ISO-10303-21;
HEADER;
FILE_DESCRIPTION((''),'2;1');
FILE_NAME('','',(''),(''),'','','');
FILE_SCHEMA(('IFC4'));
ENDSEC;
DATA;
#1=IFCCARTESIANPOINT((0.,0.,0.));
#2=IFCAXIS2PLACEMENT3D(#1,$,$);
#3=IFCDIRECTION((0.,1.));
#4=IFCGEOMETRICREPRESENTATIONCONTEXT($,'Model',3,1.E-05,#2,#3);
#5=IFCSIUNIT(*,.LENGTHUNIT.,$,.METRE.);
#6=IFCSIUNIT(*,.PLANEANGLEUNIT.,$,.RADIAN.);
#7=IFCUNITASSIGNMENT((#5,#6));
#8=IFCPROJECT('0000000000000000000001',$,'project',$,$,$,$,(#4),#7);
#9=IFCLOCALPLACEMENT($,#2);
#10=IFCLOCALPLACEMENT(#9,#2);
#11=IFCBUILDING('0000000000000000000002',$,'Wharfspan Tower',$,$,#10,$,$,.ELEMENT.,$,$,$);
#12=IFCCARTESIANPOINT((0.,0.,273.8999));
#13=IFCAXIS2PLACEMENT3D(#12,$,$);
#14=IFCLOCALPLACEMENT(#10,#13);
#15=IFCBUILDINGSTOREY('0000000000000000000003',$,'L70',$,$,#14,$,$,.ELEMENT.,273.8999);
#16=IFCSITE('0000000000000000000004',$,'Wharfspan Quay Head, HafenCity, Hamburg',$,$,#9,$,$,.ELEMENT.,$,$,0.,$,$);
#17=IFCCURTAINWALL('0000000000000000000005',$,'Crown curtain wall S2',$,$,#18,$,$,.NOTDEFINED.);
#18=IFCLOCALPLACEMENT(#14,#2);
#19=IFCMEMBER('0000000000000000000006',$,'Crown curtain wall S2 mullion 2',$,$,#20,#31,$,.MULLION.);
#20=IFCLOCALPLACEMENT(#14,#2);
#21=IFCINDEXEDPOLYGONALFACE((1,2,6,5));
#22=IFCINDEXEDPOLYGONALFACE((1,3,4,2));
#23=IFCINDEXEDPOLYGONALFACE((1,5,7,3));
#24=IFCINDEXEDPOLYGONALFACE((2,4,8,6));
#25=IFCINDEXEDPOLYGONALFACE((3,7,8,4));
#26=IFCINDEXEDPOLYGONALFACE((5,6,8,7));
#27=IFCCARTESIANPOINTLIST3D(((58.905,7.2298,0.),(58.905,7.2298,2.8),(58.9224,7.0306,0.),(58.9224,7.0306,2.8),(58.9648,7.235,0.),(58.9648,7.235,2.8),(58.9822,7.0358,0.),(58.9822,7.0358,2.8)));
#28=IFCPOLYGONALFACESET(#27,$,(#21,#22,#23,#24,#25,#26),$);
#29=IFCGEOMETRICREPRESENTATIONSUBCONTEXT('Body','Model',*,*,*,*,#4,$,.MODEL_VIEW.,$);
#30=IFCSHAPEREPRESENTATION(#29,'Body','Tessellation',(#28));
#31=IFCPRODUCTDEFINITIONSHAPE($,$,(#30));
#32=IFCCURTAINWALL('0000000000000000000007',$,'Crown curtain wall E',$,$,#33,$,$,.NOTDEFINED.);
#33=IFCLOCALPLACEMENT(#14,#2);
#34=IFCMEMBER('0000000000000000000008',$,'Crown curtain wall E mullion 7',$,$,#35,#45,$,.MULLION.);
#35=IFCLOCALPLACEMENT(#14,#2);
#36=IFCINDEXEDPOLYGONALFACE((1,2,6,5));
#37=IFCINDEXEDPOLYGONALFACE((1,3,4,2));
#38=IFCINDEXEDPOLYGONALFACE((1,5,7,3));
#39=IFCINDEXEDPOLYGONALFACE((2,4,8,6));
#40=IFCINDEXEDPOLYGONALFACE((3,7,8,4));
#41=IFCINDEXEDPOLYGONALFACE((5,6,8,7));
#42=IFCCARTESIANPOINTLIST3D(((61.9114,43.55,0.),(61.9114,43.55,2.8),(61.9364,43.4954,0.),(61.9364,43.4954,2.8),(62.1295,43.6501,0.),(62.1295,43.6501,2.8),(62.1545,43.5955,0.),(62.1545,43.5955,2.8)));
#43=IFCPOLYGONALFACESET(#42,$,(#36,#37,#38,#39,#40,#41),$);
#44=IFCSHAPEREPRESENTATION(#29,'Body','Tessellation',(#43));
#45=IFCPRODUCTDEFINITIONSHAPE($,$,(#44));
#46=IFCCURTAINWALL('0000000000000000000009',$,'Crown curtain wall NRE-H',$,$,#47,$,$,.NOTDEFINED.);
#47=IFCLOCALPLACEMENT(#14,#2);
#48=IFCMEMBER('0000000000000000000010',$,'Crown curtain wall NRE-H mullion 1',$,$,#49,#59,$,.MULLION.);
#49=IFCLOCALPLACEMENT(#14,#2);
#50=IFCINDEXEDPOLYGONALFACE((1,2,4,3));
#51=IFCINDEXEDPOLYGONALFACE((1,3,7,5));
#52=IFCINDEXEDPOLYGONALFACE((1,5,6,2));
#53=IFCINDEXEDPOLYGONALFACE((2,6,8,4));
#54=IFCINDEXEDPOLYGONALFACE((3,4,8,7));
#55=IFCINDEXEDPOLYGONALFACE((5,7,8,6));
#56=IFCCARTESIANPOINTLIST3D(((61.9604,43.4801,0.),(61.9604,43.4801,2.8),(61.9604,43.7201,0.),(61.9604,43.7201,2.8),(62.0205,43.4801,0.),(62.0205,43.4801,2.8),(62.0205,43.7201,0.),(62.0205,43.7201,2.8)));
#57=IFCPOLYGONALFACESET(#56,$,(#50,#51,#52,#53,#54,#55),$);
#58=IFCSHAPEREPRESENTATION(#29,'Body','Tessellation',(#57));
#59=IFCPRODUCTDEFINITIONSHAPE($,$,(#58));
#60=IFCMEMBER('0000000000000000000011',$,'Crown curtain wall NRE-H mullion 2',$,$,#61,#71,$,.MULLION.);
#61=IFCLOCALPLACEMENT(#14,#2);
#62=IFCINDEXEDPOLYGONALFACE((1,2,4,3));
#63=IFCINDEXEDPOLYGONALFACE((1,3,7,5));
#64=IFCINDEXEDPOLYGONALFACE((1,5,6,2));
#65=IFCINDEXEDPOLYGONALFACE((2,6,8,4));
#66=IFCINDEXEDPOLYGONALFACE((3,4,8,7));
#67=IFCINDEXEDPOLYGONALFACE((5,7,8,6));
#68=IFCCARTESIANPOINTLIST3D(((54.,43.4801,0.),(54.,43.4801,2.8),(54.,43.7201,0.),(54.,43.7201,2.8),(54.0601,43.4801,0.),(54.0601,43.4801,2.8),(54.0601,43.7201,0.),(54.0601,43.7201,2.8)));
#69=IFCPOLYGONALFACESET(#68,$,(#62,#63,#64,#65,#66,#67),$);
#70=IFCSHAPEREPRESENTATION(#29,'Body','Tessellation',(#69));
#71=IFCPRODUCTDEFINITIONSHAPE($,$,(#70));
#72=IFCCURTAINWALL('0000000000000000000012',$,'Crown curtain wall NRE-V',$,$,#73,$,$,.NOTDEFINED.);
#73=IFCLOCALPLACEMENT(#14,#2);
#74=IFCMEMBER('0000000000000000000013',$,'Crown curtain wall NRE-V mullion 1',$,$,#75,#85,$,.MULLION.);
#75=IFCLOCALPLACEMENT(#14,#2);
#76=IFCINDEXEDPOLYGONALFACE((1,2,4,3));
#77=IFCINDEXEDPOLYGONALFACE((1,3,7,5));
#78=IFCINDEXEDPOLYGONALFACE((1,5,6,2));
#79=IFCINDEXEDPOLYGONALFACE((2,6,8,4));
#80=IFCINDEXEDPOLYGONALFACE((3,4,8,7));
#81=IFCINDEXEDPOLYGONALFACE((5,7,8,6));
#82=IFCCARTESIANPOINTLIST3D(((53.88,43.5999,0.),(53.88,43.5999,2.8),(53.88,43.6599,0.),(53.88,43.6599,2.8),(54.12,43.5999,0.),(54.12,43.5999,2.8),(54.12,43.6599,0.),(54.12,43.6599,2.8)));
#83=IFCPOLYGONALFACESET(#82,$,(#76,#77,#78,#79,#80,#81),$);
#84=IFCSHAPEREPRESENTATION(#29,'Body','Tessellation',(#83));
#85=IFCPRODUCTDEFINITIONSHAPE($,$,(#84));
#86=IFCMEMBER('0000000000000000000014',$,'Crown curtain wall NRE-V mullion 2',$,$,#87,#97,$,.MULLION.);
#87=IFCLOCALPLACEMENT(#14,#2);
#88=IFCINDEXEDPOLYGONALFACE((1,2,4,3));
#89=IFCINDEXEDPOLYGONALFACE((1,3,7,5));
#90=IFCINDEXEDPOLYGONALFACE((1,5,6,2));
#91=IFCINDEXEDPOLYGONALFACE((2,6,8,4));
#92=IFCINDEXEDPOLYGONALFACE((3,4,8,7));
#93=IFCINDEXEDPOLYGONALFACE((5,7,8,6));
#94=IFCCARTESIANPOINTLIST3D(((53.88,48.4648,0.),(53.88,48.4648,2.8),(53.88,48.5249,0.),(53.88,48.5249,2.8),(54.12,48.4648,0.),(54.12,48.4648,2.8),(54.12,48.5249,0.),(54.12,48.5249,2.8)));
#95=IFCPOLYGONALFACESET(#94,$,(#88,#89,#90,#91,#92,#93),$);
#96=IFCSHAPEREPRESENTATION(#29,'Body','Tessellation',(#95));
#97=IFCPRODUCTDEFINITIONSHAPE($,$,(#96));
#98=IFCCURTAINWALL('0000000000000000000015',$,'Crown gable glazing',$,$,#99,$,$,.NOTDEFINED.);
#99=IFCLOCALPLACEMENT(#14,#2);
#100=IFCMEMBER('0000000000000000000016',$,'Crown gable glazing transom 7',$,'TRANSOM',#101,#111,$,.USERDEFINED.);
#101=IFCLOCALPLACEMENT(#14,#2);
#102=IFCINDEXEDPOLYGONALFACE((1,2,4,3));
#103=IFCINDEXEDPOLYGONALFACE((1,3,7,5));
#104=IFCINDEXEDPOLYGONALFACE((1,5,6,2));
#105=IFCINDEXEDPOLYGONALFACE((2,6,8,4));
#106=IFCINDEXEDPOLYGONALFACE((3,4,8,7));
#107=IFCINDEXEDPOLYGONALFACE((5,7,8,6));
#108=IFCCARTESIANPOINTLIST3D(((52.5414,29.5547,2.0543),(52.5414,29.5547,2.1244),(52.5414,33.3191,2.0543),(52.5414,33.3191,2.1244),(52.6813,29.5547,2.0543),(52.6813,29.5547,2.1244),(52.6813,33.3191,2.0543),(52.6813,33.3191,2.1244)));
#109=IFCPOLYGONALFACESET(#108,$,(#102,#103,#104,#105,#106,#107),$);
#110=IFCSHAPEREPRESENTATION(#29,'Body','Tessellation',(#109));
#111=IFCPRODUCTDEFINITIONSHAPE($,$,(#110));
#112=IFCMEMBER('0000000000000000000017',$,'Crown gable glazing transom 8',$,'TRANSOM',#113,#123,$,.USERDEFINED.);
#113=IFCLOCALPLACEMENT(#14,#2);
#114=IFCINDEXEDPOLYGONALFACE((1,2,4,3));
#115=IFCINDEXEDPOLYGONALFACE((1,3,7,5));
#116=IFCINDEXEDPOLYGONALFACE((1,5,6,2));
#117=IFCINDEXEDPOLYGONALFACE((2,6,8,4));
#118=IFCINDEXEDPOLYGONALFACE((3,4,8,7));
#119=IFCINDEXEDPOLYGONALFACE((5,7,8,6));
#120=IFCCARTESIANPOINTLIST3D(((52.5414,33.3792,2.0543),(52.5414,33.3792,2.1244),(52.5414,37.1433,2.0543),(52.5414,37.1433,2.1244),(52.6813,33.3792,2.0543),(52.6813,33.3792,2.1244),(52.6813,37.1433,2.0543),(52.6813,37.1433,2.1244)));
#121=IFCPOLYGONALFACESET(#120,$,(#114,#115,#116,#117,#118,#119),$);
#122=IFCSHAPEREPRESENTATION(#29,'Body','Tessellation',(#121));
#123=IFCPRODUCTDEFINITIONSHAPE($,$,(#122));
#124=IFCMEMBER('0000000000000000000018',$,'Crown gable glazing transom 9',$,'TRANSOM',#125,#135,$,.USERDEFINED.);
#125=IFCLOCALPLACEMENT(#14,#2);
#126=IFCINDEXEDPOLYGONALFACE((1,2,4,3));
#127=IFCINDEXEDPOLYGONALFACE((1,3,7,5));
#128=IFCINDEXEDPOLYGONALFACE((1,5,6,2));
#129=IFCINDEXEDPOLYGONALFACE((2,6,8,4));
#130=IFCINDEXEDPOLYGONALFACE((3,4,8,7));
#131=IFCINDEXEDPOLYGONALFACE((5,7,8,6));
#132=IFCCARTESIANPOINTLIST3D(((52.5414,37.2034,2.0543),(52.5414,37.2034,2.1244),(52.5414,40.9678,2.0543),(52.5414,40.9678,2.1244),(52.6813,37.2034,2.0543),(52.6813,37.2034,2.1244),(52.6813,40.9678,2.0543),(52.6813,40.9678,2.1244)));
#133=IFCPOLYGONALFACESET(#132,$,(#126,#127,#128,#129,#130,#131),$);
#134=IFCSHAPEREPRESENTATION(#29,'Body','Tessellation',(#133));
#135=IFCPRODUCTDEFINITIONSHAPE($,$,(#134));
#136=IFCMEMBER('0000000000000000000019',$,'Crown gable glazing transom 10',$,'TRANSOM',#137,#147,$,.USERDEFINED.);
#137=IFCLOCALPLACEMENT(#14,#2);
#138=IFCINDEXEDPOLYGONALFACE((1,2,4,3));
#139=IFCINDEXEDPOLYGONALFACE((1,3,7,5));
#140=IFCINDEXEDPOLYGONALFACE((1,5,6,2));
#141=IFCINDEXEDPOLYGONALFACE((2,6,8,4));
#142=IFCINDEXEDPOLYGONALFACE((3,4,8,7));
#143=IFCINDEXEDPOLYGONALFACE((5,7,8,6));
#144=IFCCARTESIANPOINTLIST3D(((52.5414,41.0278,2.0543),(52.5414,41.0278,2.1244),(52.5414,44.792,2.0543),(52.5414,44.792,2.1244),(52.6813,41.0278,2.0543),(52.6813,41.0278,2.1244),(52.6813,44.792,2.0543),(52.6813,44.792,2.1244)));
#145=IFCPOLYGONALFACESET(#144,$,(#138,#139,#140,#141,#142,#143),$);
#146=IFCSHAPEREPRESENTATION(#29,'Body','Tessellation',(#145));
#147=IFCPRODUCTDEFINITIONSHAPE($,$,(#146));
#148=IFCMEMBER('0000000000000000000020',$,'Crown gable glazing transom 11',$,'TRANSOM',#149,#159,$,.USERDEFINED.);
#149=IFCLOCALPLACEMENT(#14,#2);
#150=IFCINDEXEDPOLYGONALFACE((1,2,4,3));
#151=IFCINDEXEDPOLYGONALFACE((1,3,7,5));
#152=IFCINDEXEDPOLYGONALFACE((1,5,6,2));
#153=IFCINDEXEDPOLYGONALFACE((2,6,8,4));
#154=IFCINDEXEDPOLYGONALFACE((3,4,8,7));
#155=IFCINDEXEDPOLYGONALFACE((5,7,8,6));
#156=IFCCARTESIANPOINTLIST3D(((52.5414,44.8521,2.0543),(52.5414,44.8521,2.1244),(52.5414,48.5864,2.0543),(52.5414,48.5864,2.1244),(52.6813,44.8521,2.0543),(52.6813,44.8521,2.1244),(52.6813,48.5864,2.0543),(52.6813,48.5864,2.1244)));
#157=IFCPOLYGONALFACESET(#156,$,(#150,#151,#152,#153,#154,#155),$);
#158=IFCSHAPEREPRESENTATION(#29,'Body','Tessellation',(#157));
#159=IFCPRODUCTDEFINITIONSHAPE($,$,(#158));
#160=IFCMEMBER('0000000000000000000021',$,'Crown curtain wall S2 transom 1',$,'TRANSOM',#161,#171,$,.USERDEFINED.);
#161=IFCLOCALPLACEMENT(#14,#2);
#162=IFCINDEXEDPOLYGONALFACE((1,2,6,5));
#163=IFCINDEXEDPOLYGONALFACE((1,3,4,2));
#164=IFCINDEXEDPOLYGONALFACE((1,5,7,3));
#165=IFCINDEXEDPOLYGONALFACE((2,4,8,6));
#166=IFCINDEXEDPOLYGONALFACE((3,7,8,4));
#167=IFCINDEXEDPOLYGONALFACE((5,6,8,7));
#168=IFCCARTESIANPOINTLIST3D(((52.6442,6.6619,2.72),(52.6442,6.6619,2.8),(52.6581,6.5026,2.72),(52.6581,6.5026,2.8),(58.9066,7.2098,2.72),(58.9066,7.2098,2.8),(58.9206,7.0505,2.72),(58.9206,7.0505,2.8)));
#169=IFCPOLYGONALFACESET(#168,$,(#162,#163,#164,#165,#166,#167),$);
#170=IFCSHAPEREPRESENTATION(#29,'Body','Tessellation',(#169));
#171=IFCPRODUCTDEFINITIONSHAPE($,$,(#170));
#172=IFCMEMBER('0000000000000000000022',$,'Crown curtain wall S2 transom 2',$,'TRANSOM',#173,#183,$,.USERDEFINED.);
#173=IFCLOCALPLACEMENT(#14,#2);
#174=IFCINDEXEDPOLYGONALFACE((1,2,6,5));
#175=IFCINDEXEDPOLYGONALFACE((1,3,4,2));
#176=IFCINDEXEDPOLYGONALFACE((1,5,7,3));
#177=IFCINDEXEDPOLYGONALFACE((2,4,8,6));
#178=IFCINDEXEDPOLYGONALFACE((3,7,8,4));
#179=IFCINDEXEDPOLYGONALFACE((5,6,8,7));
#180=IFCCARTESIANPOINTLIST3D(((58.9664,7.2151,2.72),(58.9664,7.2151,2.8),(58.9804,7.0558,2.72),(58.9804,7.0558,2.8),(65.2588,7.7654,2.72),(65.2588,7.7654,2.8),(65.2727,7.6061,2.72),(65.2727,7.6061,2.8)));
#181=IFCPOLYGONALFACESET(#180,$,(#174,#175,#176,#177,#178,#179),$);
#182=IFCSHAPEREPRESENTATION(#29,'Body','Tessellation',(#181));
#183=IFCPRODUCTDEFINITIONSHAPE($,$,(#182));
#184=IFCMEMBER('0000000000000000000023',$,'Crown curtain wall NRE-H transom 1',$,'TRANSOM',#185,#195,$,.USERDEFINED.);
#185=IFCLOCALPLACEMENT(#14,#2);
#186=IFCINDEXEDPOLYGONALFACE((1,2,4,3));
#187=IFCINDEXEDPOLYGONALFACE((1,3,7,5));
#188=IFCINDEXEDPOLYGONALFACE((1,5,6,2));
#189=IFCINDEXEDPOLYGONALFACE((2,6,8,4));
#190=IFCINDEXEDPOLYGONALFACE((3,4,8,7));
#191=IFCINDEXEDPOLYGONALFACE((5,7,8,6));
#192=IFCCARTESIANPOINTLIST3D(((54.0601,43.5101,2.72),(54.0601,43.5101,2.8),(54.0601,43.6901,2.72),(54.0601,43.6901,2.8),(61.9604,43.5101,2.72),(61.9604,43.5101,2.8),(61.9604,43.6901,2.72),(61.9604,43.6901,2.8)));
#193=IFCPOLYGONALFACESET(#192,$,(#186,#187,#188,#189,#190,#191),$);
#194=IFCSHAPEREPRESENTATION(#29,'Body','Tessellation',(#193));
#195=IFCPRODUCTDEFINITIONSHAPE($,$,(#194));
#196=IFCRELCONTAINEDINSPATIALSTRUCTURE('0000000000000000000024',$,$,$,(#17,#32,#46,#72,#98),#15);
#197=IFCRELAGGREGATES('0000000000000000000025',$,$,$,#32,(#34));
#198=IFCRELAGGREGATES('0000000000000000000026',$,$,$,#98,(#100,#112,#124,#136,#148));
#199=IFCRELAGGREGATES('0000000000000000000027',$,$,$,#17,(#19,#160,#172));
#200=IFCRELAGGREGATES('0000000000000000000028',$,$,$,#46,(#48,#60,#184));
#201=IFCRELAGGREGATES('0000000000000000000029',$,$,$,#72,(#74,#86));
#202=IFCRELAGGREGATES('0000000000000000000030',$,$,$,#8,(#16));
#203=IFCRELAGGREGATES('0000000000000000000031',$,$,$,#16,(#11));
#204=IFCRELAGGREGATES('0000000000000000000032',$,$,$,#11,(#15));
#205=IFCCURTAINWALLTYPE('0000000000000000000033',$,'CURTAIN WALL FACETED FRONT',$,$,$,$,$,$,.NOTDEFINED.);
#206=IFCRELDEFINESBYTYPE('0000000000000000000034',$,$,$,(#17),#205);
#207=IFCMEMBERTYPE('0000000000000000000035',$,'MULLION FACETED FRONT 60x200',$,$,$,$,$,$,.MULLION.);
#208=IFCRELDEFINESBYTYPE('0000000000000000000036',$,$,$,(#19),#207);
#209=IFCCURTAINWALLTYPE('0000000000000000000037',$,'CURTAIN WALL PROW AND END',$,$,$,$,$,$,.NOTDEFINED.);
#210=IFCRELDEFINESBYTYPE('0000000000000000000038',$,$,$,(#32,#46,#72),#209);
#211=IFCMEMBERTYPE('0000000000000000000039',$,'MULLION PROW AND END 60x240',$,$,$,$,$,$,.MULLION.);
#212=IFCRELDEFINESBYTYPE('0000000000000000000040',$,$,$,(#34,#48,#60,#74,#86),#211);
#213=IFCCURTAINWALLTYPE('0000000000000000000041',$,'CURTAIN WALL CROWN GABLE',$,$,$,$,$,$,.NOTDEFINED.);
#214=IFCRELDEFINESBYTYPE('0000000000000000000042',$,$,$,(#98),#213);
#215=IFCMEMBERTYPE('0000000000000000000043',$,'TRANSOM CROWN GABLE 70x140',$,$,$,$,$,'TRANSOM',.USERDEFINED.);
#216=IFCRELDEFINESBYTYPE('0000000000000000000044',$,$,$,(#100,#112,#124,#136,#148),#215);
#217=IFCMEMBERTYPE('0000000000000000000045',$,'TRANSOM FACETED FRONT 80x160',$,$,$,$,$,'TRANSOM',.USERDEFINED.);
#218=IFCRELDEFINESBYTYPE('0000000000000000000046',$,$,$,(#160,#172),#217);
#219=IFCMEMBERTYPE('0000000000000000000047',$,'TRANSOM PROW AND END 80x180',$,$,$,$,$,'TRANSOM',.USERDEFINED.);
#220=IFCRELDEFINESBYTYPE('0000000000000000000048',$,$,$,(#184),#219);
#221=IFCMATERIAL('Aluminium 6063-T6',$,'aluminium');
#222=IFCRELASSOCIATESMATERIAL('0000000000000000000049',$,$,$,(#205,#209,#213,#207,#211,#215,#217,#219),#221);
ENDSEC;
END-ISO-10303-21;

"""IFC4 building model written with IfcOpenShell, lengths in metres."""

from ifc_helpers import new_model, si_unit, direction, frame, origin, origin_2d, place, context, subcontext, project, spatial, rectangle, extrude, material, material_profile, profile_set, type_object, element, aggregate, save


model = new_model("IFC4")

# Units and contexts
model_context = context("Model", 3, precision=1e-05, world=origin(), true_north=direction((0.0, 1.0)))
body_context = subcontext(model_context, "Body", "Model", "MODEL_VIEW")
ifc_project = project(units=[si_unit("LENGTHUNIT", "METRE"), si_unit("PLANEANGLEUNIT", "RADIAN")], contexts=[model_context])

# Site, building, storey
site_placement = place(None, origin())
site = spatial("IfcSite", under=ifc_project, at=site_placement, Name="Wharfspan Quay Head, HafenCity, Hamburg", CompositionType="ELEMENT", RefElevation=0.0)
building_placement = place(site_placement, origin())
building = spatial("IfcBuilding", under=site, at=building_placement, Name="Wharfspan Tower", CompositionType="ELEMENT")
storey_placement = place(building_placement, frame((0.0, 0.0, 273.8999)))
storey = spatial("IfcBuildingStorey", under=building, at=storey_placement, Name="L70", CompositionType="ELEMENT", Elevation=273.8999)

# Curtain wall, member
ifc_material_1 = material(Name="Aluminium 6063-T6", Category="aluminium")
curtain_wall_type_1 = type_object("IfcCurtainWallType", Name="CURTAIN WALL FACETED FRONT", PredefinedType="NOTDEFINED", material=ifc_material_1)
curtain_wall_1_placement = place(storey_placement, origin())
curtain_wall_1 = element("IfcCurtainWall", 1, at=curtain_wall_1_placement, inside=storey, type_object=curtain_wall_type_1, Name="Crown curtain wall S2", PredefinedType="NOTDEFINED")
ifc_material_profile_1 = material_profile(ifc_material_1, rectangle(XDim=0.2, YDim=0.0601, at=origin_2d()))
ifc_profile_set_1 = profile_set([ifc_material_profile_1], Name="Aluminium 6063-T6")
member_type_1 = type_object("IfcMemberType", Name="MULLION FACETED FRONT 60x200", PredefinedType="MULLION", material=ifc_profile_set_1)
member_1_placement = place(storey_placement, frame((58.9436, 7.1328, 0.0), z_axis=(0.0, 0.0, 1.0), x_axis=(-0.087156, 0.996198, 0.0)))
member_1 = element("IfcMember", 2, at=member_1_placement, type_object=member_type_1, Name="Crown curtain wall S2 mullion 2", PredefinedType="MULLION", context=body_context, shape_type="SweptSolid", body=[
    extrude(rectangle(XDim=0.2, YDim=0.0601, at=origin_2d()), origin(), (0.0, 0.0, 1.0), 2.8),
])

# Curtain wall, member
curtain_wall_type_2 = type_object("IfcCurtainWallType", Name="CURTAIN WALL PROW AND END", PredefinedType="NOTDEFINED", material=ifc_material_1)
curtain_wall_2_placement = place(storey_placement, origin())
curtain_wall_2 = element("IfcCurtainWall", 3, at=curtain_wall_2_placement, inside=storey, type_object=curtain_wall_type_2, Name="Crown curtain wall E", PredefinedType="NOTDEFINED")
ifc_material_profile_2 = material_profile(ifc_material_1, rectangle(XDim=0.24, YDim=0.0601, at=origin_2d()))
ifc_profile_set_2 = profile_set([ifc_material_profile_2], Name="Aluminium 6063-T6")
member_type_2 = type_object("IfcMemberType", Name="MULLION PROW AND END 60x240", PredefinedType="MULLION", material=ifc_profile_set_2)
member_2_placement = place(storey_placement, frame((62.033, 43.5728, 0.0), z_axis=(0.0, 0.0, 1.0), x_axis=(-0.908769, -0.417292, 0.0)))
member_2 = element("IfcMember", 4, at=member_2_placement, type_object=member_type_2, Name="Crown curtain wall E mullion 7", PredefinedType="MULLION", context=body_context, shape_type="SweptSolid", body=[
    extrude(rectangle(XDim=0.24, YDim=0.0601, at=origin_2d()), origin(), (0.0, 0.0, 1.0), 2.8),
])
aggregate(curtain_wall_2, [member_2])

# Curtain walls, members
curtain_wall_3_placement = place(storey_placement, origin())
curtain_wall_3 = element("IfcCurtainWall", 5, at=curtain_wall_3_placement, inside=storey, type_object=curtain_wall_type_2, Name="Crown curtain wall NRE-H", PredefinedType="NOTDEFINED")
member_3_placement = place(storey_placement, frame((61.9905, 43.6001, 0.0), z_axis=(0.0, 0.0, 1.0), x_axis=(0.0, -1.0, 0.0)))
member_3 = element("IfcMember", 6, at=member_3_placement, type_object=member_type_2, Name="Crown curtain wall NRE-H mullion 1", PredefinedType="MULLION", context=body_context, shape_type="SweptSolid", body=[
    extrude(rectangle(XDim=0.24, YDim=0.0601, at=origin_2d()), origin(), (0.0, 0.0, 1.0), 2.8),
])
member_4_placement = place(storey_placement, frame((54.03, 43.6001, 0.0), z_axis=(0.0, 0.0, 1.0), x_axis=(0.0, -1.0, 0.0)))
member_4 = element("IfcMember", 7, at=member_4_placement, type_object=member_type_2, Name="Crown curtain wall NRE-H mullion 2", PredefinedType="MULLION", context=body_context, shape_type="SweptSolid", body=[
    extrude(rectangle(XDim=0.24, YDim=0.0601, at=origin_2d()), origin(), (0.0, 0.0, 1.0), 2.8),
])
curtain_wall_4_placement = place(storey_placement, origin())
curtain_wall_4 = element("IfcCurtainWall", 8, at=curtain_wall_4_placement, inside=storey, type_object=curtain_wall_type_2, Name="Crown curtain wall NRE-V", PredefinedType="NOTDEFINED")
member_5_placement = place(storey_placement, frame((54.0, 43.6299, 0.0), z_axis=(0.0, 0.0, 1.0), x_axis=(-1.0, 0.0, 0.0)))
member_5 = element("IfcMember", 9, at=member_5_placement, type_object=member_type_2, Name="Crown curtain wall NRE-V mullion 1", PredefinedType="MULLION", context=body_context, shape_type="SweptSolid", body=[
    extrude(rectangle(XDim=0.24, YDim=0.0601, at=origin_2d()), origin(), (0.0, 0.0, 1.0), 2.8),
])
member_6_placement = place(storey_placement, frame((54.0, 48.4949, 0.0), z_axis=(0.0, 0.0, 1.0), x_axis=(-1.0, 0.0, 0.0)))
member_6 = element("IfcMember", 10, at=member_6_placement, type_object=member_type_2, Name="Crown curtain wall NRE-V mullion 2", PredefinedType="MULLION", context=body_context, shape_type="SweptSolid", body=[
    extrude(rectangle(XDim=0.24, YDim=0.0601, at=origin_2d()), origin(), (0.0, 0.0, 1.0), 2.8),
])
curtain_wall_type_3 = type_object("IfcCurtainWallType", Name="CURTAIN WALL CROWN GABLE", PredefinedType="NOTDEFINED", material=ifc_material_1)
curtain_wall_5_placement = place(storey_placement, origin())
curtain_wall_5 = element("IfcCurtainWall", 11, at=curtain_wall_5_placement, inside=storey, type_object=curtain_wall_type_3, Name="Crown gable glazing", PredefinedType="NOTDEFINED")
ifc_material_profile_3 = material_profile(ifc_material_1, rectangle(XDim=0.1399, YDim=0.0701, at=origin_2d()))
ifc_profile_set_3 = profile_set([ifc_material_profile_3], Name="Aluminium 6063-T6")
member_type_3 = type_object("IfcMemberType", Name="TRANSOM CROWN GABLE 70x140", ElementType="TRANSOM", PredefinedType="USERDEFINED", material=ifc_profile_set_3)
member_7_placement = place(storey_placement, frame((52.6113, 29.5547, 2.0894), z_axis=(0.0, 1.0, 0.0), x_axis=(-1.0, 0.0, 0.0)))
member_7 = element("IfcMember", 12, at=member_7_placement, type_object=member_type_3, Name="Crown gable glazing transom 7", ObjectType="TRANSOM", PredefinedType="USERDEFINED", context=body_context, shape_type="SweptSolid", body=[
    extrude(rectangle(XDim=0.1399, YDim=0.0701, at=origin_2d()), origin(), (0.0, 0.0, 1.0), 3.7644),
])
member_8_placement = place(storey_placement, frame((52.6113, 33.3792, 2.0894), z_axis=(0.0, 1.0, 0.0), x_axis=(-1.0, 0.0, 0.0)))
member_8 = element("IfcMember", 13, at=member_8_placement, type_object=member_type_3, Name="Crown gable glazing transom 8", ObjectType="TRANSOM", PredefinedType="USERDEFINED", context=body_context, shape_type="SweptSolid", body=[
    extrude(rectangle(XDim=0.1399, YDim=0.0701, at=origin_2d()), origin(), (0.0, 0.0, 1.0), 3.7642),
])
member_9_placement = place(storey_placement, frame((52.6113, 37.2034, 2.0894), z_axis=(0.0, 1.0, 0.0), x_axis=(-1.0, 0.0, 0.0)))
member_9 = element("IfcMember", 14, at=member_9_placement, type_object=member_type_3, Name="Crown gable glazing transom 9", ObjectType="TRANSOM", PredefinedType="USERDEFINED", context=body_context, shape_type="SweptSolid", body=[
    extrude(rectangle(XDim=0.1399, YDim=0.0701, at=origin_2d()), origin(), (0.0, 0.0, 1.0), 3.7644),
])
member_10_placement = place(storey_placement, frame((52.6113, 41.0278, 2.0894), z_axis=(0.0, 1.0, 0.0), x_axis=(-1.0, 0.0, 0.0)))
member_10 = element("IfcMember", 15, at=member_10_placement, type_object=member_type_3, Name="Crown gable glazing transom 10", ObjectType="TRANSOM", PredefinedType="USERDEFINED", context=body_context, shape_type="SweptSolid", body=[
    extrude(rectangle(XDim=0.1399, YDim=0.0701, at=origin_2d()), origin(), (0.0, 0.0, 1.0), 3.7642),
])
member_11_placement = place(storey_placement, frame((52.6113, 44.8521, 2.0894), z_axis=(0.0, 1.0, 0.0), x_axis=(-1.0, 0.0, 0.0)))
member_11 = element("IfcMember", 16, at=member_11_placement, type_object=member_type_3, Name="Crown gable glazing transom 11", ObjectType="TRANSOM", PredefinedType="USERDEFINED", context=body_context, shape_type="SweptSolid", body=[
    extrude(rectangle(XDim=0.1399, YDim=0.0701, at=origin_2d()), origin(), (0.0, 0.0, 1.0), 3.7344),
])

# Members
ifc_material_profile_4 = material_profile(ifc_material_1, rectangle(XDim=0.1599, YDim=0.0801, at=origin_2d()))
ifc_profile_set_4 = profile_set([ifc_material_profile_4], Name="Aluminium 6063-T6")
member_type_4 = type_object("IfcMemberType", Name="TRANSOM FACETED FRONT 80x160", ElementType="TRANSOM", PredefinedType="USERDEFINED", material=ifc_profile_set_4)
member_12_placement = place(storey_placement, frame((52.6511, 6.5823, 2.76), z_axis=(0.996195, 0.087149, 0.0), x_axis=(-0.087149, 0.996195, 0.0)))
member_12 = element("IfcMember", 17, at=member_12_placement, type_object=member_type_4, Name="Crown curtain wall S2 transom 1", ObjectType="TRANSOM", PredefinedType="USERDEFINED", context=body_context, shape_type="SweptSolid", body=[
    extrude(rectangle(XDim=0.1599, YDim=0.0801, at=origin_2d()), origin(), (0.0, 0.0, 1.0), 6.2864),
])
member_13_placement = place(storey_placement, frame((58.9734, 7.1355, 2.76), z_axis=(0.996198, 0.08712, 0.0), x_axis=(-0.08712, 0.996198, 0.0)))
member_13 = element("IfcMember", 18, at=member_13_placement, type_object=member_type_4, Name="Crown curtain wall S2 transom 2", ObjectType="TRANSOM", PredefinedType="USERDEFINED", context=body_context, shape_type="SweptSolid", body=[
    extrude(rectangle(XDim=0.1599, YDim=0.0801, at=origin_2d()), origin(), (0.0, 0.0, 1.0), 6.3164),
])
ifc_material_profile_5 = material_profile(ifc_material_1, rectangle(XDim=0.1799, YDim=0.0801, at=origin_2d()))
ifc_profile_set_5 = profile_set([ifc_material_profile_5], Name="Aluminium 6063-T6")
member_type_5 = type_object("IfcMemberType", Name="TRANSOM PROW AND END 80x180", ElementType="TRANSOM", PredefinedType="USERDEFINED", material=ifc_profile_set_5)
member_14_placement = place(storey_placement, frame((61.9604, 43.6001, 2.76), z_axis=(-1.0, 0.0, 0.0), x_axis=(0.0, -1.0, 0.0)))
member_14 = element("IfcMember", 19, at=member_14_placement, type_object=member_type_5, Name="Crown curtain wall NRE-H transom 1", ObjectType="TRANSOM", PredefinedType="USERDEFINED", context=body_context, shape_type="SweptSolid", body=[
    extrude(rectangle(XDim=0.1799, YDim=0.0801, at=origin_2d()), origin(), (0.0, 0.0, 1.0), 7.9004),
])

aggregate(curtain_wall_5, [member_7, member_8, member_9, member_10, member_11])
aggregate(curtain_wall_1, [member_1, member_12, member_13])
aggregate(curtain_wall_3, [member_3, member_4, member_14])
aggregate(curtain_wall_4, [member_5, member_6])

save(model, "model.ifc")
